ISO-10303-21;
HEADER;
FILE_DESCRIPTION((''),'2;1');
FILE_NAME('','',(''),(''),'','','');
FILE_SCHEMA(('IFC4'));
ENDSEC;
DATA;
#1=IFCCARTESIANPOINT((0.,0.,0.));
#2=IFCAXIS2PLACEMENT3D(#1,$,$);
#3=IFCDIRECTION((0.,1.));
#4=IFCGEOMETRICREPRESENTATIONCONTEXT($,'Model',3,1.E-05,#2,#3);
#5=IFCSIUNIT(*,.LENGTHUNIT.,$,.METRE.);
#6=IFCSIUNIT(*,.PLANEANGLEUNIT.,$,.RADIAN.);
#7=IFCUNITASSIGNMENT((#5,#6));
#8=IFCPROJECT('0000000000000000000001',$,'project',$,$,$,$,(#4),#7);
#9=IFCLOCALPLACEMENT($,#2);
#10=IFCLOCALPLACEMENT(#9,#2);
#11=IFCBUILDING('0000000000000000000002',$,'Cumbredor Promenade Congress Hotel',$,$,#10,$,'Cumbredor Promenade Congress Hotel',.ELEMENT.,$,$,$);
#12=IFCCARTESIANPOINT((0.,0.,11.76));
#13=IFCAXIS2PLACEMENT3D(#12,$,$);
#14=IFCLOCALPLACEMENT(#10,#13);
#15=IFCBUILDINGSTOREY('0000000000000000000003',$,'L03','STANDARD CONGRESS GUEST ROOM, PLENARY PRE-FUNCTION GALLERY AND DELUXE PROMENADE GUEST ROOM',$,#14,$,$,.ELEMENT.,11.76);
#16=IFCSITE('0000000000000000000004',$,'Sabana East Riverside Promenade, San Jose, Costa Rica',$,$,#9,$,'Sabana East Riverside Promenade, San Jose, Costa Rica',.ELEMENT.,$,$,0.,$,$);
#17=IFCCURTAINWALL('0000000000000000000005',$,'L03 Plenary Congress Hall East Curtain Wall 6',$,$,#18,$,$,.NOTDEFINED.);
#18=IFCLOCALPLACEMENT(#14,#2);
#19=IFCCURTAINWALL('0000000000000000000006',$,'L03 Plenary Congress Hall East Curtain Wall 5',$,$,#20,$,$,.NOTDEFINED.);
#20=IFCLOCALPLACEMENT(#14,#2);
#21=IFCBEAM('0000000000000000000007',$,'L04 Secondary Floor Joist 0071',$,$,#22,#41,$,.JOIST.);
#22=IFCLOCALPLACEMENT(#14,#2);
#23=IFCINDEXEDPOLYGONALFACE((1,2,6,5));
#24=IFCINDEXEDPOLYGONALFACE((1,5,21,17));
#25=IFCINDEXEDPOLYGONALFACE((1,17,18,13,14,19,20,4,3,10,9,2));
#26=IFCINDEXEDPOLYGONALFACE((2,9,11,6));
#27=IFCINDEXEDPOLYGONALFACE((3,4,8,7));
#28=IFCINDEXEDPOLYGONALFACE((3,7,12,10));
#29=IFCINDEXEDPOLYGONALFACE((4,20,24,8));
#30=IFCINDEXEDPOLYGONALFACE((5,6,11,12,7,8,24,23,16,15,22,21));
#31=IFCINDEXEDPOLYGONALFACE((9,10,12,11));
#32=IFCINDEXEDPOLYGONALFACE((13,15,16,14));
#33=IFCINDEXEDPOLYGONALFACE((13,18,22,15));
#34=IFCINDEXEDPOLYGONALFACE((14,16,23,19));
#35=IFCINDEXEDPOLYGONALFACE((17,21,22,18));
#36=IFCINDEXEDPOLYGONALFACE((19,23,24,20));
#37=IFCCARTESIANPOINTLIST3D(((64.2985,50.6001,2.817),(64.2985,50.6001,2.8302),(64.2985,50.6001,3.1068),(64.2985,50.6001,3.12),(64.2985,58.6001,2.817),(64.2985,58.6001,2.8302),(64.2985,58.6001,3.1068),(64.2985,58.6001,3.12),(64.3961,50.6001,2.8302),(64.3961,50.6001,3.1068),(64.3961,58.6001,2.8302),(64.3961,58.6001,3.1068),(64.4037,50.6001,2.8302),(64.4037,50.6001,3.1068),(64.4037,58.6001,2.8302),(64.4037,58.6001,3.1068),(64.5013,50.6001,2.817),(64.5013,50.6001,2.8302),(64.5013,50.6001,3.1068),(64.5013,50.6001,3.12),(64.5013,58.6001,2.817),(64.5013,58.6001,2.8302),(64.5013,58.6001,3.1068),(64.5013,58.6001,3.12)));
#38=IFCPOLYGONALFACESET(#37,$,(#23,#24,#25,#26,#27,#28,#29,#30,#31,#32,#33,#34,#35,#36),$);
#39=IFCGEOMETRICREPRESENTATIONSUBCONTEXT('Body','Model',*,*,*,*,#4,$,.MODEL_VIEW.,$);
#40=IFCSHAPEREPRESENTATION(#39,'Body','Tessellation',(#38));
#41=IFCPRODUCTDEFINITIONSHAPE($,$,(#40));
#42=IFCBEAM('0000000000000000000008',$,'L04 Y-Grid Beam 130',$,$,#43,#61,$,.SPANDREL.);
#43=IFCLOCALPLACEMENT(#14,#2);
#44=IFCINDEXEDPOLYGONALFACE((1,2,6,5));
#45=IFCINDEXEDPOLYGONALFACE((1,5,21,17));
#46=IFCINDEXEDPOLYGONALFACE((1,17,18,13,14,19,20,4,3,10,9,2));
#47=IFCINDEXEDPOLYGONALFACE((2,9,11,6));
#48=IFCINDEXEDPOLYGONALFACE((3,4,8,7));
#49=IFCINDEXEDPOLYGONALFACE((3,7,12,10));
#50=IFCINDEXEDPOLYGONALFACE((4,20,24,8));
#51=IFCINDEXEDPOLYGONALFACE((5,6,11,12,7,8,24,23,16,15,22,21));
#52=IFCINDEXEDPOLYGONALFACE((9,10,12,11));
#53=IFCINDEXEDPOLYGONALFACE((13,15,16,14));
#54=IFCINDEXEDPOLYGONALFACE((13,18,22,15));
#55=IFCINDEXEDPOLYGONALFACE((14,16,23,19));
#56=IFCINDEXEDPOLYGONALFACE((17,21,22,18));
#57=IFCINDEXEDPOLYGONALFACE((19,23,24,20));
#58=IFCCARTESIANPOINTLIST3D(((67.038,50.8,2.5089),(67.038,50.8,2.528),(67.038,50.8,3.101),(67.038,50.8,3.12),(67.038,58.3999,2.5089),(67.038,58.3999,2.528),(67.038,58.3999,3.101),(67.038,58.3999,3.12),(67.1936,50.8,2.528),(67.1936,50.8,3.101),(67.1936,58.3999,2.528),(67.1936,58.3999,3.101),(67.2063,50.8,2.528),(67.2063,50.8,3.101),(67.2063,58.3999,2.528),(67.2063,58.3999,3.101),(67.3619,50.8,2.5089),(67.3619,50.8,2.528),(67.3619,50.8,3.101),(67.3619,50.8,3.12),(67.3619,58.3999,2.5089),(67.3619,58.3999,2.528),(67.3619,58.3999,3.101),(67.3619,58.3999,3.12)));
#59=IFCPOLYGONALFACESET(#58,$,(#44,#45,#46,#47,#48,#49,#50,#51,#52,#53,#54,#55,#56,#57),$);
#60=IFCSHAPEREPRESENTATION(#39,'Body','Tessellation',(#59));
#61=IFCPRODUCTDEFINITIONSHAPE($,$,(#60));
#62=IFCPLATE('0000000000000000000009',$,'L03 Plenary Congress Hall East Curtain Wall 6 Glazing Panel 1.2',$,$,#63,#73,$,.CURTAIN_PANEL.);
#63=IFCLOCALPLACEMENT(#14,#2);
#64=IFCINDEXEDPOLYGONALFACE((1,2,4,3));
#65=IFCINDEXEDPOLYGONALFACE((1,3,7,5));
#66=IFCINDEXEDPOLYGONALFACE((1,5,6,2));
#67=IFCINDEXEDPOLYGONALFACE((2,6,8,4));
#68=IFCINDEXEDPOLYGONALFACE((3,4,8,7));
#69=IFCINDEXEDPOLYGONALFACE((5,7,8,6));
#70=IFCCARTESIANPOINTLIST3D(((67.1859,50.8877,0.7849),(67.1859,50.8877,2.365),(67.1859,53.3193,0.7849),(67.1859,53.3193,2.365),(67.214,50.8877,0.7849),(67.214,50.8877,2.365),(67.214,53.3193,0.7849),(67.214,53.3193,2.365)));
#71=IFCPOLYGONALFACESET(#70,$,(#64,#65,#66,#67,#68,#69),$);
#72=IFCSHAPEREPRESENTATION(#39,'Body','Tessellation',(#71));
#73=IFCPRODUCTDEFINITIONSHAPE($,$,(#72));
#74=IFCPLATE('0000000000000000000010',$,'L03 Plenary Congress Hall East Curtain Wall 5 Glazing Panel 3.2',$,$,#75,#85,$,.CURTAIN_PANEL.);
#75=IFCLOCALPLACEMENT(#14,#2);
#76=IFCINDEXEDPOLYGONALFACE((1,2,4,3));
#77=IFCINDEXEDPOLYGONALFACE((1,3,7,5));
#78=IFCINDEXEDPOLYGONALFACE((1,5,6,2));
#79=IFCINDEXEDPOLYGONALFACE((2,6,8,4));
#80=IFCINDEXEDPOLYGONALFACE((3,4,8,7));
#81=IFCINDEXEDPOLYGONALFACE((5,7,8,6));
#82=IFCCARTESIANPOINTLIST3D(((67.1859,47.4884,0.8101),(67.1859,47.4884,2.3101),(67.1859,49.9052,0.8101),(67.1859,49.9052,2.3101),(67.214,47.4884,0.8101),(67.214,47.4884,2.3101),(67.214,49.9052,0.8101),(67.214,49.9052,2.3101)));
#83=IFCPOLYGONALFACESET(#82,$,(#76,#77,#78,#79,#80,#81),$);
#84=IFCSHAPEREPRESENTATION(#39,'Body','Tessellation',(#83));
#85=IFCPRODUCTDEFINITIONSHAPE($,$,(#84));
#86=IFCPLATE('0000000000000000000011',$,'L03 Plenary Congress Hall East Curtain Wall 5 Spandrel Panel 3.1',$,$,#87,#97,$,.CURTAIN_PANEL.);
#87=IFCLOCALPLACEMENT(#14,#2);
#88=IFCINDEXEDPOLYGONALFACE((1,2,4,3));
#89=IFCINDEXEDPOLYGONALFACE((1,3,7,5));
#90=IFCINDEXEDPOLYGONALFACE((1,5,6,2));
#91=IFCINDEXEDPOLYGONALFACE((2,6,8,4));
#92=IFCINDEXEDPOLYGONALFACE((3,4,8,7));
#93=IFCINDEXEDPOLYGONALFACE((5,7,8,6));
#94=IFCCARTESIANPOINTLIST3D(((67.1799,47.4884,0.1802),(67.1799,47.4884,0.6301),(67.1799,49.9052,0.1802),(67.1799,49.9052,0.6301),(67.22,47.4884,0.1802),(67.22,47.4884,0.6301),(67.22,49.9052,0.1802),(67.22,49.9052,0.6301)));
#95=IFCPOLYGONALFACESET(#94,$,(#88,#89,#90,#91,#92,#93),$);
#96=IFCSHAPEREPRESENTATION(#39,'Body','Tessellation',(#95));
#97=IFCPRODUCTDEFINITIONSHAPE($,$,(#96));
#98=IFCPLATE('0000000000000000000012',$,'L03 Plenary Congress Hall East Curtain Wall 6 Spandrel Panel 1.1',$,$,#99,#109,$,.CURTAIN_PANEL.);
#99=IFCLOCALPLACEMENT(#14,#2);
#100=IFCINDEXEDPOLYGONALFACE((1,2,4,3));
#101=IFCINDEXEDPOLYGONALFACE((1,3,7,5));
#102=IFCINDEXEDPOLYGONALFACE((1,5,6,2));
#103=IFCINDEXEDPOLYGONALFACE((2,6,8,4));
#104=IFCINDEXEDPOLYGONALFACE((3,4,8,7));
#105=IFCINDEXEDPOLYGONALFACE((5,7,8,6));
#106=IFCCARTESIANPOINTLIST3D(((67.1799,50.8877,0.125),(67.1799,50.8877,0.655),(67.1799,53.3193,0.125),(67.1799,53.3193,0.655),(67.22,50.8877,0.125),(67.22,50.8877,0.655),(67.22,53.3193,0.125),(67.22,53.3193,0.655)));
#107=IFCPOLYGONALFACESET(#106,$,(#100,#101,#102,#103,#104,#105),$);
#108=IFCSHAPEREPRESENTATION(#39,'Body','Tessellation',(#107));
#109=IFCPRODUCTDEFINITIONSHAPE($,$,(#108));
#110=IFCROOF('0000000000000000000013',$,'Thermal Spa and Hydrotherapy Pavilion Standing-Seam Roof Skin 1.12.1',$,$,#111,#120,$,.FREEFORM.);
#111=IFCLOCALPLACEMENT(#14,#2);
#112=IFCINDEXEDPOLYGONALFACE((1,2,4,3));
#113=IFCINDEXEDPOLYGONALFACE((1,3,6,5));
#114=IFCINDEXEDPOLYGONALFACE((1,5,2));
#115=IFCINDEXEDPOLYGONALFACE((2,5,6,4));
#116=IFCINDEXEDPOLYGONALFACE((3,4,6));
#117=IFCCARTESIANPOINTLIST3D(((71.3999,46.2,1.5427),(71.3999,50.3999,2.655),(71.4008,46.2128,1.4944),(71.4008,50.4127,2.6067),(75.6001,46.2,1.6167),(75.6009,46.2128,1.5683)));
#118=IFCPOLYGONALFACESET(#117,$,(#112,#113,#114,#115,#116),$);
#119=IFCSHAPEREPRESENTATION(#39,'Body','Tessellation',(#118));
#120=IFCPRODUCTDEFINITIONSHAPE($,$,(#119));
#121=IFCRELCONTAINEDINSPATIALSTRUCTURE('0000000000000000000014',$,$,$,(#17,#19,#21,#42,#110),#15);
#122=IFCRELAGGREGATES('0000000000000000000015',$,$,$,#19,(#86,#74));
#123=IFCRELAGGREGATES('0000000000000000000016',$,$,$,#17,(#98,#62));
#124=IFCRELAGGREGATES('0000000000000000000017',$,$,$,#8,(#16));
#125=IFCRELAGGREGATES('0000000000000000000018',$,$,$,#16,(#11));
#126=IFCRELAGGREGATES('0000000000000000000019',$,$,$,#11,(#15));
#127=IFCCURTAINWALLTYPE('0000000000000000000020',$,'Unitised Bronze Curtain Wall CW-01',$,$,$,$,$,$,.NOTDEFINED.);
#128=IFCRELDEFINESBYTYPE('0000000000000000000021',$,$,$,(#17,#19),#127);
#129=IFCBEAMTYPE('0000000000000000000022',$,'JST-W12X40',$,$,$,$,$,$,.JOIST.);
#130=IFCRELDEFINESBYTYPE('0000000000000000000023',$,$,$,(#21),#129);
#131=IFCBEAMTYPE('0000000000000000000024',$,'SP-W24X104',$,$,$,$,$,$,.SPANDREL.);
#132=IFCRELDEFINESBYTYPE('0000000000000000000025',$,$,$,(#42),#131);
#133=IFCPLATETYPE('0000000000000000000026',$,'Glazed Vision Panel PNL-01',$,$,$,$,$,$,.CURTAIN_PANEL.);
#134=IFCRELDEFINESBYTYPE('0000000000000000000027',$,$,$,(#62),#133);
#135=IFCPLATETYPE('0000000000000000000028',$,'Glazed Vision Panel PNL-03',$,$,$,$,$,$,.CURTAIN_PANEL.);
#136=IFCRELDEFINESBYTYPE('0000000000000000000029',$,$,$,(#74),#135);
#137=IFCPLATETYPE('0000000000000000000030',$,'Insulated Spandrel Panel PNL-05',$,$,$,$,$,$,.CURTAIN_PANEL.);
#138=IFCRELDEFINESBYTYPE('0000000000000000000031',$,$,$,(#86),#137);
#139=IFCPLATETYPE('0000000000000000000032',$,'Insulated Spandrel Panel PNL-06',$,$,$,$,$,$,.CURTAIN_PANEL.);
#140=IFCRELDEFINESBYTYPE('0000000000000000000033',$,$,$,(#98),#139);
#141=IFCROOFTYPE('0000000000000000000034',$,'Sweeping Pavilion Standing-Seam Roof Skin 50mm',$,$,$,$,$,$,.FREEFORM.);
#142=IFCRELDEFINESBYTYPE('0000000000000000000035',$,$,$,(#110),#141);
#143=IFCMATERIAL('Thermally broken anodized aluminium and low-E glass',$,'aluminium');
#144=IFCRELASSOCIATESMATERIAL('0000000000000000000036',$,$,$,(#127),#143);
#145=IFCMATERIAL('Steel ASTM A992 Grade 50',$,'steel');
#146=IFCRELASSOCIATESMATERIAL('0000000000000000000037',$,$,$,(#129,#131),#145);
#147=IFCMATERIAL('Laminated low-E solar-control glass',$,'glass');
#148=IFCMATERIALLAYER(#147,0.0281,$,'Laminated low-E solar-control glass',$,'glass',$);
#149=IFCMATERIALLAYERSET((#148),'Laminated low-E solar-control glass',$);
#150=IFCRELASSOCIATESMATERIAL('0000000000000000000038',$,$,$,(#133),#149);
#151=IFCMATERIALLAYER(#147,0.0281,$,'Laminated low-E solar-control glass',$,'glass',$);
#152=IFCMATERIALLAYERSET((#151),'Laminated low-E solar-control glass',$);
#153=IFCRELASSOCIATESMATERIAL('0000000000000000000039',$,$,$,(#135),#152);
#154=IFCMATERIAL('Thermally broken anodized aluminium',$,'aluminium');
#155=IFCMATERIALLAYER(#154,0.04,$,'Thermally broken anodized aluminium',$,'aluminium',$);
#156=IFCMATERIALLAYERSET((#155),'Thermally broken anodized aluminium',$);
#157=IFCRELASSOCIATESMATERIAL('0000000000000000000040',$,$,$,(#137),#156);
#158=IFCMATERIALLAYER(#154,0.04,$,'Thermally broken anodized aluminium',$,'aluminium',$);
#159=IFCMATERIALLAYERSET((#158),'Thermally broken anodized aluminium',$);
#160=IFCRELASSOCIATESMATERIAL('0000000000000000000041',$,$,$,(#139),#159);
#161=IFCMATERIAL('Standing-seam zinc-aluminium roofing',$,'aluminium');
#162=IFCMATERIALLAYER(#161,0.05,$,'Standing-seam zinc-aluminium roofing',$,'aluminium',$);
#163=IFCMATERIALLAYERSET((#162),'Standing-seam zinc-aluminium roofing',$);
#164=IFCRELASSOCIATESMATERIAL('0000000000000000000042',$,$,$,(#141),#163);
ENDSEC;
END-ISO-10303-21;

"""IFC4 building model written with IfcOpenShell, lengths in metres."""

from ifc_helpers import new_model, si_unit, direction, frame, origin, origin_2d, place, context, subcontext, project, spatial, polyline, rectangle, i_section, outline, extrude, material, layer, layer_set, material_profile, profile_set, type_object, element, aggregate, save


model = new_model("IFC4")

# Units and contexts
model_context = context("Model", 3, precision=1e-05, world=origin(), true_north=direction((0.0, 1.0)))
body_context = subcontext(model_context, "Body", "Model", "MODEL_VIEW")
ifc_project = project(units=[si_unit("LENGTHUNIT", "METRE"), si_unit("PLANEANGLEUNIT", "RADIAN")], contexts=[model_context])

# Site, building, storey
site_placement = place(None, origin())
site = spatial("IfcSite", under=ifc_project, at=site_placement, Name="Sabana East Riverside Promenade, San Jose, Costa Rica", LongName="Sabana East Riverside Promenade, San Jose, Costa Rica", CompositionType="ELEMENT", RefElevation=0.0)
building_placement = place(site_placement, origin())
building = spatial("IfcBuilding", under=site, at=building_placement, Name="Cumbredor Promenade Congress Hotel", LongName="Cumbredor Promenade Congress Hotel", CompositionType="ELEMENT")
storey_placement = place(building_placement, frame((0.0, 0.0, 11.76)))
storey = spatial("IfcBuildingStorey", under=building, at=storey_placement, Name="L03", Description="STANDARD CONGRESS GUEST ROOM, PLENARY PRE-FUNCTION GALLERY AND DELUXE PROMENADE GUEST ROOM", CompositionType="ELEMENT", Elevation=11.76)

# Curtain walls
ifc_material_1 = material(Name="Thermally broken anodized aluminium and low-E glass", Category="aluminium")
curtain_wall_type = type_object("IfcCurtainWallType", Name="Unitised Bronze Curtain Wall CW-01", PredefinedType="NOTDEFINED", material=ifc_material_1)
curtain_wall_1_placement = place(storey_placement, origin())
curtain_wall_1 = element("IfcCurtainWall", 1, at=curtain_wall_1_placement, inside=storey, type_object=curtain_wall_type, Name="L03 Plenary Congress Hall East Curtain Wall 6", PredefinedType="NOTDEFINED")
ifc_material_2 = material(Name="Thermally broken anodized aluminium", Category="aluminium")
curtain_wall_2_placement = place(storey_placement, origin())
curtain_wall_2 = element("IfcCurtainWall", 2, at=curtain_wall_2_placement, inside=storey, type_object=curtain_wall_type, Name="L03 Plenary Congress Hall East Curtain Wall 5", PredefinedType="NOTDEFINED")

# Beams
ifc_material_3 = material(Name="Steel ASTM A992 Grade 50", Category="steel")
ifc_material_profile_1 = material_profile(ifc_material_3, i_section(OverallWidth=0.2029, OverallDepth=0.303, WebThickness=0.0076, FlangeThickness=0.0132, at=origin_2d()), Name="W12X40")
ifc_profile_set_1 = profile_set([ifc_material_profile_1], Name="Steel ASTM A992 Grade 50")
beam_type_1 = type_object("IfcBeamType", Name="JST-W12X40", PredefinedType="JOIST", material=ifc_profile_set_1)
beam_1_placement = place(storey_placement, frame((64.3999, 50.6001, 2.9685), z_axis=(0.0, 1.0, 0.0), x_axis=(-1.0, 0.0, 0.0)))
element("IfcBeam", 3, at=beam_1_placement, inside=storey, type_object=beam_type_1, Name="L04 Secondary Floor Joist 0071", PredefinedType="JOIST", context=body_context, shape_type="SweptSolid", body=[
    extrude(i_section(OverallWidth=0.2029, OverallDepth=0.303, WebThickness=0.0076, FlangeThickness=0.0132, at=origin_2d()), origin(), (0.0, 0.0, 1.0), 8.0),
])
ifc_material_profile_2 = material_profile(ifc_material_3, i_section(OverallWidth=0.324, OverallDepth=0.6111, WebThickness=0.0127, FlangeThickness=0.019, at=origin_2d()), Name="W24X104")
ifc_profile_set_2 = profile_set([ifc_material_profile_2], Name="Steel ASTM A992 Grade 50")
beam_type_2 = type_object("IfcBeamType", Name="SP-W24X104", PredefinedType="SPANDREL", material=ifc_profile_set_2)
beam_2_placement = place(storey_placement, frame((67.2, 50.8, 2.8145), z_axis=(0.0, 1.0, 0.0), x_axis=(-1.0, 0.0, 0.0)))
element("IfcBeam", 4, at=beam_2_placement, inside=storey, type_object=beam_type_2, Name="L04 Y-Grid Beam 130", PredefinedType="SPANDREL", context=body_context, shape_type="SweptSolid", body=[
    extrude(i_section(OverallWidth=0.324, OverallDepth=0.6111, WebThickness=0.0127, FlangeThickness=0.019, at=origin_2d()), origin(), (0.0, 0.0, 1.0), 7.5999),
])

# Plates
ifc_material_4 = material(Name="Laminated low-E solar-control glass", Category="glass")
ifc_layer_1 = layer(ifc_material_4, 0.0281, Name="Laminated low-E solar-control glass", Category="glass")
ifc_layer_set_1 = layer_set([ifc_layer_1], Name="Laminated low-E solar-control glass")
plate_type_1 = type_object("IfcPlateType", Name="Glazed Vision Panel PNL-01", PredefinedType="CURTAIN_PANEL", material=ifc_layer_set_1)
plate_1_placement = place(storey_placement, frame((67.2, 52.1035, 0.7849), z_axis=(0.0, 0.0, 1.0), x_axis=(0.0, 1.0, 0.0)))
plate_1 = element("IfcPlate", 5, at=plate_1_placement, type_object=plate_type_1, Name="L03 Plenary Congress Hall East Curtain Wall 6 Glazing Panel 1.2", PredefinedType="CURTAIN_PANEL", context=body_context, shape_type="SweptSolid", body=[
    extrude(rectangle(XDim=2.4316, YDim=0.0281, at=origin_2d()), origin(), (0.0, 0.0, 1.0), 1.5801),
])
ifc_layer_2 = layer(ifc_material_4, 0.0281, Name="Laminated low-E solar-control glass", Category="glass")
ifc_layer_set_2 = layer_set([ifc_layer_2], Name="Laminated low-E solar-control glass")
plate_type_2 = type_object("IfcPlateType", Name="Glazed Vision Panel PNL-03", PredefinedType="CURTAIN_PANEL", material=ifc_layer_set_2)
plate_2_placement = place(storey_placement, frame((67.2, 48.6968, 0.8101), z_axis=(0.0, 0.0, 1.0), x_axis=(0.0, 1.0, 0.0)))
plate_2 = element("IfcPlate", 6, at=plate_2_placement, type_object=plate_type_2, Name="L03 Plenary Congress Hall East Curtain Wall 5 Glazing Panel 3.2", PredefinedType="CURTAIN_PANEL", context=body_context, shape_type="SweptSolid", body=[
    extrude(rectangle(XDim=2.4167, YDim=0.0281, at=origin_2d()), origin(), (0.0, 0.0, 1.0), 1.5),
])
ifc_layer_3 = layer(ifc_material_2, 0.04, Name="Thermally broken anodized aluminium", Category="aluminium")
ifc_layer_set_3 = layer_set([ifc_layer_3], Name="Thermally broken anodized aluminium")
plate_type_3 = type_object("IfcPlateType", Name="Insulated Spandrel Panel PNL-05", PredefinedType="CURTAIN_PANEL", material=ifc_layer_set_3)
plate_3_placement = place(storey_placement, frame((67.2, 48.6968, 0.1802), z_axis=(0.0, 0.0, 1.0), x_axis=(0.0, 1.0, 0.0)))
plate_3 = element("IfcPlate", 7, at=plate_3_placement, type_object=plate_type_3, Name="L03 Plenary Congress Hall East Curtain Wall 5 Spandrel Panel 3.1", PredefinedType="CURTAIN_PANEL", context=body_context, shape_type="SweptSolid", body=[
    extrude(rectangle(XDim=2.4167, YDim=0.04, at=origin_2d()), origin(), (0.0, 0.0, 1.0), 0.45),
])
aggregate(curtain_wall_2, [plate_3, plate_2])
ifc_layer_4 = layer(ifc_material_2, 0.04, Name="Thermally broken anodized aluminium", Category="aluminium")
ifc_layer_set_4 = layer_set([ifc_layer_4], Name="Thermally broken anodized aluminium")
plate_type_4 = type_object("IfcPlateType", Name="Insulated Spandrel Panel PNL-06", PredefinedType="CURTAIN_PANEL", material=ifc_layer_set_4)
plate_4_placement = place(storey_placement, frame((67.2, 52.1035, 0.125), z_axis=(0.0, 0.0, 1.0), x_axis=(0.0, 1.0, 0.0)))
plate_4 = element("IfcPlate", 8, at=plate_4_placement, type_object=plate_type_4, Name="L03 Plenary Congress Hall East Curtain Wall 6 Spandrel Panel 1.1", PredefinedType="CURTAIN_PANEL", context=body_context, shape_type="SweptSolid", body=[
    extrude(rectangle(XDim=2.4316, YDim=0.04, at=origin_2d()), origin(), (0.0, 0.0, 1.0), 0.53),
])
aggregate(curtain_wall_1, [plate_4, plate_1])

# Roof
ifc_material_5 = material(Name="Standing-seam zinc-aluminium roofing", Category="aluminium")
ifc_layer_5 = layer(ifc_material_5, 0.05, Name="Standing-seam zinc-aluminium roofing", Category="aluminium")
ifc_layer_set_5 = layer_set([ifc_layer_5], Name="Standing-seam zinc-aluminium roofing")
roof_type = type_object("IfcRoofType", Name="Sweeping Pavilion Standing-Seam Roof Skin 50mm", PredefinedType="FREEFORM", material=ifc_layer_set_5)
roof_placement = place(storey_placement, frame((71.3999, 46.2, 1.5427), z_axis=(-0.017023, -0.255974, 0.966534), x_axis=(0.999845, 0.0, 0.017609)))
element("IfcRoof", 9, at=roof_placement, inside=storey, type_object=roof_type, Name="Thermal Spa and Hydrotherapy Pavilion Standing-Seam Roof Skin 1.12.1", PredefinedType="FREEFORM", context=body_context, shape_type="SweptSolid", body=[
    extrude(outline(polyline([(0.0, 0.0), (4.2008, 0.0), (0.0196, 4.3447), (0.0, 0.0)])), origin(), (0.0, 0.0, -1.0), 0.05),
])

save(model, "model.ifc")
